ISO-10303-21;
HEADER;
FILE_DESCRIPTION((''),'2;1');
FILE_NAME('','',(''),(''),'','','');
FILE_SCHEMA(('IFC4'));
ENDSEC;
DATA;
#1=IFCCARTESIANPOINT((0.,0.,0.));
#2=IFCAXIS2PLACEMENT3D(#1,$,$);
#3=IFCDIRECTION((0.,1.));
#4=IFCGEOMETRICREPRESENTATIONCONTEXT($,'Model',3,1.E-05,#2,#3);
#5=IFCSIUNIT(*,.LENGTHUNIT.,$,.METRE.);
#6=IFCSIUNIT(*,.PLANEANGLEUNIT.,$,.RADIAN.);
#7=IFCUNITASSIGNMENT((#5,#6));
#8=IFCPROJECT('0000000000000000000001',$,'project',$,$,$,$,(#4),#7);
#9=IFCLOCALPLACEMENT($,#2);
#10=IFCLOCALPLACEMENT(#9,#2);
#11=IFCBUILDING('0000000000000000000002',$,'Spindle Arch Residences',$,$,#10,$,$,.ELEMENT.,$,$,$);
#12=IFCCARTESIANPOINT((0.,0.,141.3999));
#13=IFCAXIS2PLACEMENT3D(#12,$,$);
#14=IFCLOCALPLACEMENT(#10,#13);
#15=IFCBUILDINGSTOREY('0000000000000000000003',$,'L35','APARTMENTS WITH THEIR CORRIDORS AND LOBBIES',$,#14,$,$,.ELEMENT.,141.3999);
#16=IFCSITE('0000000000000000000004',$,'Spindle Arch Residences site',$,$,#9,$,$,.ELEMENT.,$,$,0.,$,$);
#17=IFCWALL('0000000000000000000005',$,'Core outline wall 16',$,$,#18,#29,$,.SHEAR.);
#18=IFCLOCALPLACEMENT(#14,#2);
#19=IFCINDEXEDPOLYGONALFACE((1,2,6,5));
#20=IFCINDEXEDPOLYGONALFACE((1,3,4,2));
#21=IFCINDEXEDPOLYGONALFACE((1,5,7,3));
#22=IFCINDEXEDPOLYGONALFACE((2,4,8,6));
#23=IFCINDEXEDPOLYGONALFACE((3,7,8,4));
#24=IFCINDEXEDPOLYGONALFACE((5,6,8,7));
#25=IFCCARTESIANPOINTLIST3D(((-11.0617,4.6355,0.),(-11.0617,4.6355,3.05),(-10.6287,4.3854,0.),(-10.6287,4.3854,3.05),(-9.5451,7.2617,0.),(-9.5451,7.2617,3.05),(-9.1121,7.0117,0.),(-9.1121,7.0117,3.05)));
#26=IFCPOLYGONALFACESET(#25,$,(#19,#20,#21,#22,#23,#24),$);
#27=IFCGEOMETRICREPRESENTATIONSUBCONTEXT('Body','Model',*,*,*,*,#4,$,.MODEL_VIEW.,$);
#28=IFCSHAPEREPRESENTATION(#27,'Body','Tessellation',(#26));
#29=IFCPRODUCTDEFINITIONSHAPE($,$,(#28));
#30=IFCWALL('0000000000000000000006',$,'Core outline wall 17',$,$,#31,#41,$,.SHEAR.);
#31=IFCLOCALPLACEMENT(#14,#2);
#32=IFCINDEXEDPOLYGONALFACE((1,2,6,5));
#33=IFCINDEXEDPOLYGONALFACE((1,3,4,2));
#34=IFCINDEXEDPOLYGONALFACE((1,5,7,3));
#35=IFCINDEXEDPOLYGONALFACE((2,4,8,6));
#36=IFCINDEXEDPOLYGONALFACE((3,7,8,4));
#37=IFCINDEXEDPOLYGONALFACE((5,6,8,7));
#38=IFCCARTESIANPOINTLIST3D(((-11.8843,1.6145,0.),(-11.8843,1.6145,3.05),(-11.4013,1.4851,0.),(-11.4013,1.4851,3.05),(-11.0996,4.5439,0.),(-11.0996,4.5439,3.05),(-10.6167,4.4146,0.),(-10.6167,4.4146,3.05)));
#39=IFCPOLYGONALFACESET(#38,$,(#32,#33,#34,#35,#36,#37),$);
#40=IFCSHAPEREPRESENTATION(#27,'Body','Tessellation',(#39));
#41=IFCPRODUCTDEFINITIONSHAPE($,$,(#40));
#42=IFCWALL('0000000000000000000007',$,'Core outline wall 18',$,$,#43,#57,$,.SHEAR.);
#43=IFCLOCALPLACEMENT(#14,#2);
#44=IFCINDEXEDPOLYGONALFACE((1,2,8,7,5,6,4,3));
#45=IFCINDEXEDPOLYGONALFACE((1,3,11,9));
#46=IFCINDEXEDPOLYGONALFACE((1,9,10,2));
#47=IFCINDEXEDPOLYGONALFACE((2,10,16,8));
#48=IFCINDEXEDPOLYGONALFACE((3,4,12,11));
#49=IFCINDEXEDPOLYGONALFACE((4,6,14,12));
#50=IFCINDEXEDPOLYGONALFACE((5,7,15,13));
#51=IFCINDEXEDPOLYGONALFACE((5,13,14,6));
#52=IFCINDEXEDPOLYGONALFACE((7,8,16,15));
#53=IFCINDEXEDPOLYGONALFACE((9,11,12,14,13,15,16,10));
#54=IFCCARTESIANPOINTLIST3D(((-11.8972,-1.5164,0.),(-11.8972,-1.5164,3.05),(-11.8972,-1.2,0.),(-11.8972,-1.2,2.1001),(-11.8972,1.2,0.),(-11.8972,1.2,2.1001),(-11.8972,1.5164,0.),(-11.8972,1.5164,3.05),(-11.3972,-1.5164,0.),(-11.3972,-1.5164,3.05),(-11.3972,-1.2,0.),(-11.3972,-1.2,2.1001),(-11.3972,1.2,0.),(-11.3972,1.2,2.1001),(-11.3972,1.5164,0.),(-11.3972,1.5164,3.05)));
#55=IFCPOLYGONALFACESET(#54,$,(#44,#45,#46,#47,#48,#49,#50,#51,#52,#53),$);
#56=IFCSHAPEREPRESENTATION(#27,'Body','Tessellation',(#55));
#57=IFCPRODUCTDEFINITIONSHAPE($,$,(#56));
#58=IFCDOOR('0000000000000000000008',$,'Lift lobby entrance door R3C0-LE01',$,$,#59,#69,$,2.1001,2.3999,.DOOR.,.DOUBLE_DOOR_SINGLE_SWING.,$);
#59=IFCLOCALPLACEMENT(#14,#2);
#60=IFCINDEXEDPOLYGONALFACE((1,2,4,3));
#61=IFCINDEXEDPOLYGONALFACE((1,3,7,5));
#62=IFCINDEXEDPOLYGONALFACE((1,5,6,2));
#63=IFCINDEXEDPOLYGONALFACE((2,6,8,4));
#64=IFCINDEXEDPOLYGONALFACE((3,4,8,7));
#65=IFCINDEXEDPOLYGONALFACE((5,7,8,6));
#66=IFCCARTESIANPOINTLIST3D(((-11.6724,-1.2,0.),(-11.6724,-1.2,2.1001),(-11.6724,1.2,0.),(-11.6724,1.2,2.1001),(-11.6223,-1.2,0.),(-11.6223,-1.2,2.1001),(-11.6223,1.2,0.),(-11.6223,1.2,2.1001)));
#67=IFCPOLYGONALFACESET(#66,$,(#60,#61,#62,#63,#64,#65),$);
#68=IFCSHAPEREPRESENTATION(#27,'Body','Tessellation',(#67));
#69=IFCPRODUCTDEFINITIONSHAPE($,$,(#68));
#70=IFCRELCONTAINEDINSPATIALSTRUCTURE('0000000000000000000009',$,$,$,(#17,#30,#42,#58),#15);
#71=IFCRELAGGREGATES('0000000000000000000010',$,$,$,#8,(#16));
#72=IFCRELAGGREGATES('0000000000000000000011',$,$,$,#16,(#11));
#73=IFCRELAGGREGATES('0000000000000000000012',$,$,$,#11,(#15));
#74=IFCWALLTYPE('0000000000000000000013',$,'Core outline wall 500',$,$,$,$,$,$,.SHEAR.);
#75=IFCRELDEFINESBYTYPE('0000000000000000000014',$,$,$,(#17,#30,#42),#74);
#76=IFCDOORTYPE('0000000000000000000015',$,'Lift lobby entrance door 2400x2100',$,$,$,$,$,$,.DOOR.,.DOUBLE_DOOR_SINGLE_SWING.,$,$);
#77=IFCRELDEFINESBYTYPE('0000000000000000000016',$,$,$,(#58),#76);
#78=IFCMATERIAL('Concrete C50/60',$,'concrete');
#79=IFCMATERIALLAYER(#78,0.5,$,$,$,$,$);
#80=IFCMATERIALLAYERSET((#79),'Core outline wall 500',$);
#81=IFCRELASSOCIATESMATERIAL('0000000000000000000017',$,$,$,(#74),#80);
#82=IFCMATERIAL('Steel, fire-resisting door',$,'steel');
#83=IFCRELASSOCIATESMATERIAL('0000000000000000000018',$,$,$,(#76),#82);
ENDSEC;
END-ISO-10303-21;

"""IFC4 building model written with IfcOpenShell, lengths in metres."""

from ifc_helpers import new_model, si_unit, direction, frame, frame_2d, origin, place, context, subcontext, project, spatial, rectangle, extrude, material, layer, layer_set, type_object, element, fill, save


model = new_model("IFC4")

# Units and contexts
model_context = context("Model", 3, precision=1e-05, world=origin(), true_north=direction((0.0, 1.0)))
body_context = subcontext(model_context, "Body", "Model", "MODEL_VIEW")
ifc_project = project(units=[si_unit("LENGTHUNIT", "METRE"), si_unit("PLANEANGLEUNIT", "RADIAN")], contexts=[model_context])

# Site, building, storey
site_placement = place(None, origin())
site = spatial("IfcSite", under=ifc_project, at=site_placement, Name="Spindle Arch Residences site", CompositionType="ELEMENT", RefElevation=0.0)
building_placement = place(site_placement, origin())
building = spatial("IfcBuilding", under=site, at=building_placement, Name="Spindle Arch Residences", CompositionType="ELEMENT")
storey_placement = place(building_placement, frame((0.0, 0.0, 141.3999)))
storey = spatial("IfcBuildingStorey", under=building, at=storey_placement, Name="L35", Description="APARTMENTS WITH THEIR CORRIDORS AND LOBBIES", CompositionType="ELEMENT", Elevation=141.3999)

# Walls
ifc_material_1 = material(Name="Concrete C50/60", Category="concrete")
ifc_layer_1 = layer(ifc_material_1, 0.5)
ifc_layer_set_1 = layer_set([ifc_layer_1], Name="Core outline wall 500")
wall_type_1 = type_object("IfcWallType", Name="Core outline wall 500", PredefinedType="SHEAR", material=ifc_layer_set_1)
for number, where, z_axis, x_axis, name in (
    (1, (-9.3286, 7.1367, 0.0), (0.0, 0.0, 1.0), (-0.500087, -0.865975, 0.0), "Core outline wall 16"),
    (2, (-10.8582, 4.4792, 0.0), (0.0, 0.0, 1.0), (-0.258735, -0.965948, 0.0), "Core outline wall 17"),
):
    element("IfcWall", number, at=place(storey_placement, frame(where, z_axis=z_axis, x_axis=x_axis)), inside=storey, type_object=wall_type_1, Name=name, PredefinedType="SHEAR", context=body_context, shape_type="SweptSolid", body=[
        extrude(rectangle(XDim=3.0327, YDim=0.5, at=frame_2d((1.5164, 0.0))), origin(), (0.0, 0.0, 1.0), 3.05),
    ])

# Wall, opening, door
wall_1_placement = place(storey_placement, frame((-11.6472, 1.5164, 0.0), z_axis=(0.0, 0.0, 1.0), x_axis=(0.0, -1.0, 0.0)))
wall_1 = element("IfcWall", 3, at=wall_1_placement, inside=storey, type_object=wall_type_1, Name="Core outline wall 18", PredefinedType="SHEAR", context=body_context, shape_type="SweptSolid", body=[
    extrude(rectangle(XDim=3.0327, YDim=0.5, at=frame_2d((1.5164, 0.0))), origin(), (0.0, 0.0, 1.0), 3.05),
])
opening_1_placement = place(wall_1_placement, frame((0.3164, 0.0, 0.0)))
opening_1 = element("IfcOpeningElement", 4, at=opening_1_placement, cuts=wall_1, PredefinedType="OPENING", context=body_context, shape_type="SweptSolid", body=[
    extrude(rectangle(XDim=2.3999, YDim=2.1001, at=frame_2d((1.2, 1.05))), frame((0.0, 0.26, 0.0), z_axis=(0.0, -1.0, 0.0), x_axis=(1.0, 0.0, 0.0)), (0.0, 0.0, 1.0), 0.52),
])
ifc_material_2 = material(Name="Steel, fire-resisting door", Category="steel")
door_type_1 = type_object("IfcDoorType", Name="Lift lobby entrance door 2400x2100", OperationType="DOUBLE_DOOR_SINGLE_SWING", PredefinedType="DOOR", material=ifc_material_2)
door_1_placement = place(opening_1_placement, origin())
door_1 = element("IfcDoor", 5, at=door_1_placement, inside=storey, type_object=door_type_1, Name="Lift lobby entrance door R3C0-LE01", OperationType="DOUBLE_DOOR_SINGLE_SWING", OverallHeight=2.1001, OverallWidth=2.3999, PredefinedType="DOOR", context=body_context, shape_type="SweptSolid", body=[
    extrude(rectangle(XDim=2.3999, YDim=2.1001, at=frame_2d((1.2, 1.05))), frame((0.0, 0.0249, 0.0), z_axis=(0.0, -1.0, 0.0), x_axis=(1.0, 0.0, 0.0)), (0.0, 0.0, 1.0), 0.05),
])
fill(opening_1, door_1)

save(model, "model.ifc")
